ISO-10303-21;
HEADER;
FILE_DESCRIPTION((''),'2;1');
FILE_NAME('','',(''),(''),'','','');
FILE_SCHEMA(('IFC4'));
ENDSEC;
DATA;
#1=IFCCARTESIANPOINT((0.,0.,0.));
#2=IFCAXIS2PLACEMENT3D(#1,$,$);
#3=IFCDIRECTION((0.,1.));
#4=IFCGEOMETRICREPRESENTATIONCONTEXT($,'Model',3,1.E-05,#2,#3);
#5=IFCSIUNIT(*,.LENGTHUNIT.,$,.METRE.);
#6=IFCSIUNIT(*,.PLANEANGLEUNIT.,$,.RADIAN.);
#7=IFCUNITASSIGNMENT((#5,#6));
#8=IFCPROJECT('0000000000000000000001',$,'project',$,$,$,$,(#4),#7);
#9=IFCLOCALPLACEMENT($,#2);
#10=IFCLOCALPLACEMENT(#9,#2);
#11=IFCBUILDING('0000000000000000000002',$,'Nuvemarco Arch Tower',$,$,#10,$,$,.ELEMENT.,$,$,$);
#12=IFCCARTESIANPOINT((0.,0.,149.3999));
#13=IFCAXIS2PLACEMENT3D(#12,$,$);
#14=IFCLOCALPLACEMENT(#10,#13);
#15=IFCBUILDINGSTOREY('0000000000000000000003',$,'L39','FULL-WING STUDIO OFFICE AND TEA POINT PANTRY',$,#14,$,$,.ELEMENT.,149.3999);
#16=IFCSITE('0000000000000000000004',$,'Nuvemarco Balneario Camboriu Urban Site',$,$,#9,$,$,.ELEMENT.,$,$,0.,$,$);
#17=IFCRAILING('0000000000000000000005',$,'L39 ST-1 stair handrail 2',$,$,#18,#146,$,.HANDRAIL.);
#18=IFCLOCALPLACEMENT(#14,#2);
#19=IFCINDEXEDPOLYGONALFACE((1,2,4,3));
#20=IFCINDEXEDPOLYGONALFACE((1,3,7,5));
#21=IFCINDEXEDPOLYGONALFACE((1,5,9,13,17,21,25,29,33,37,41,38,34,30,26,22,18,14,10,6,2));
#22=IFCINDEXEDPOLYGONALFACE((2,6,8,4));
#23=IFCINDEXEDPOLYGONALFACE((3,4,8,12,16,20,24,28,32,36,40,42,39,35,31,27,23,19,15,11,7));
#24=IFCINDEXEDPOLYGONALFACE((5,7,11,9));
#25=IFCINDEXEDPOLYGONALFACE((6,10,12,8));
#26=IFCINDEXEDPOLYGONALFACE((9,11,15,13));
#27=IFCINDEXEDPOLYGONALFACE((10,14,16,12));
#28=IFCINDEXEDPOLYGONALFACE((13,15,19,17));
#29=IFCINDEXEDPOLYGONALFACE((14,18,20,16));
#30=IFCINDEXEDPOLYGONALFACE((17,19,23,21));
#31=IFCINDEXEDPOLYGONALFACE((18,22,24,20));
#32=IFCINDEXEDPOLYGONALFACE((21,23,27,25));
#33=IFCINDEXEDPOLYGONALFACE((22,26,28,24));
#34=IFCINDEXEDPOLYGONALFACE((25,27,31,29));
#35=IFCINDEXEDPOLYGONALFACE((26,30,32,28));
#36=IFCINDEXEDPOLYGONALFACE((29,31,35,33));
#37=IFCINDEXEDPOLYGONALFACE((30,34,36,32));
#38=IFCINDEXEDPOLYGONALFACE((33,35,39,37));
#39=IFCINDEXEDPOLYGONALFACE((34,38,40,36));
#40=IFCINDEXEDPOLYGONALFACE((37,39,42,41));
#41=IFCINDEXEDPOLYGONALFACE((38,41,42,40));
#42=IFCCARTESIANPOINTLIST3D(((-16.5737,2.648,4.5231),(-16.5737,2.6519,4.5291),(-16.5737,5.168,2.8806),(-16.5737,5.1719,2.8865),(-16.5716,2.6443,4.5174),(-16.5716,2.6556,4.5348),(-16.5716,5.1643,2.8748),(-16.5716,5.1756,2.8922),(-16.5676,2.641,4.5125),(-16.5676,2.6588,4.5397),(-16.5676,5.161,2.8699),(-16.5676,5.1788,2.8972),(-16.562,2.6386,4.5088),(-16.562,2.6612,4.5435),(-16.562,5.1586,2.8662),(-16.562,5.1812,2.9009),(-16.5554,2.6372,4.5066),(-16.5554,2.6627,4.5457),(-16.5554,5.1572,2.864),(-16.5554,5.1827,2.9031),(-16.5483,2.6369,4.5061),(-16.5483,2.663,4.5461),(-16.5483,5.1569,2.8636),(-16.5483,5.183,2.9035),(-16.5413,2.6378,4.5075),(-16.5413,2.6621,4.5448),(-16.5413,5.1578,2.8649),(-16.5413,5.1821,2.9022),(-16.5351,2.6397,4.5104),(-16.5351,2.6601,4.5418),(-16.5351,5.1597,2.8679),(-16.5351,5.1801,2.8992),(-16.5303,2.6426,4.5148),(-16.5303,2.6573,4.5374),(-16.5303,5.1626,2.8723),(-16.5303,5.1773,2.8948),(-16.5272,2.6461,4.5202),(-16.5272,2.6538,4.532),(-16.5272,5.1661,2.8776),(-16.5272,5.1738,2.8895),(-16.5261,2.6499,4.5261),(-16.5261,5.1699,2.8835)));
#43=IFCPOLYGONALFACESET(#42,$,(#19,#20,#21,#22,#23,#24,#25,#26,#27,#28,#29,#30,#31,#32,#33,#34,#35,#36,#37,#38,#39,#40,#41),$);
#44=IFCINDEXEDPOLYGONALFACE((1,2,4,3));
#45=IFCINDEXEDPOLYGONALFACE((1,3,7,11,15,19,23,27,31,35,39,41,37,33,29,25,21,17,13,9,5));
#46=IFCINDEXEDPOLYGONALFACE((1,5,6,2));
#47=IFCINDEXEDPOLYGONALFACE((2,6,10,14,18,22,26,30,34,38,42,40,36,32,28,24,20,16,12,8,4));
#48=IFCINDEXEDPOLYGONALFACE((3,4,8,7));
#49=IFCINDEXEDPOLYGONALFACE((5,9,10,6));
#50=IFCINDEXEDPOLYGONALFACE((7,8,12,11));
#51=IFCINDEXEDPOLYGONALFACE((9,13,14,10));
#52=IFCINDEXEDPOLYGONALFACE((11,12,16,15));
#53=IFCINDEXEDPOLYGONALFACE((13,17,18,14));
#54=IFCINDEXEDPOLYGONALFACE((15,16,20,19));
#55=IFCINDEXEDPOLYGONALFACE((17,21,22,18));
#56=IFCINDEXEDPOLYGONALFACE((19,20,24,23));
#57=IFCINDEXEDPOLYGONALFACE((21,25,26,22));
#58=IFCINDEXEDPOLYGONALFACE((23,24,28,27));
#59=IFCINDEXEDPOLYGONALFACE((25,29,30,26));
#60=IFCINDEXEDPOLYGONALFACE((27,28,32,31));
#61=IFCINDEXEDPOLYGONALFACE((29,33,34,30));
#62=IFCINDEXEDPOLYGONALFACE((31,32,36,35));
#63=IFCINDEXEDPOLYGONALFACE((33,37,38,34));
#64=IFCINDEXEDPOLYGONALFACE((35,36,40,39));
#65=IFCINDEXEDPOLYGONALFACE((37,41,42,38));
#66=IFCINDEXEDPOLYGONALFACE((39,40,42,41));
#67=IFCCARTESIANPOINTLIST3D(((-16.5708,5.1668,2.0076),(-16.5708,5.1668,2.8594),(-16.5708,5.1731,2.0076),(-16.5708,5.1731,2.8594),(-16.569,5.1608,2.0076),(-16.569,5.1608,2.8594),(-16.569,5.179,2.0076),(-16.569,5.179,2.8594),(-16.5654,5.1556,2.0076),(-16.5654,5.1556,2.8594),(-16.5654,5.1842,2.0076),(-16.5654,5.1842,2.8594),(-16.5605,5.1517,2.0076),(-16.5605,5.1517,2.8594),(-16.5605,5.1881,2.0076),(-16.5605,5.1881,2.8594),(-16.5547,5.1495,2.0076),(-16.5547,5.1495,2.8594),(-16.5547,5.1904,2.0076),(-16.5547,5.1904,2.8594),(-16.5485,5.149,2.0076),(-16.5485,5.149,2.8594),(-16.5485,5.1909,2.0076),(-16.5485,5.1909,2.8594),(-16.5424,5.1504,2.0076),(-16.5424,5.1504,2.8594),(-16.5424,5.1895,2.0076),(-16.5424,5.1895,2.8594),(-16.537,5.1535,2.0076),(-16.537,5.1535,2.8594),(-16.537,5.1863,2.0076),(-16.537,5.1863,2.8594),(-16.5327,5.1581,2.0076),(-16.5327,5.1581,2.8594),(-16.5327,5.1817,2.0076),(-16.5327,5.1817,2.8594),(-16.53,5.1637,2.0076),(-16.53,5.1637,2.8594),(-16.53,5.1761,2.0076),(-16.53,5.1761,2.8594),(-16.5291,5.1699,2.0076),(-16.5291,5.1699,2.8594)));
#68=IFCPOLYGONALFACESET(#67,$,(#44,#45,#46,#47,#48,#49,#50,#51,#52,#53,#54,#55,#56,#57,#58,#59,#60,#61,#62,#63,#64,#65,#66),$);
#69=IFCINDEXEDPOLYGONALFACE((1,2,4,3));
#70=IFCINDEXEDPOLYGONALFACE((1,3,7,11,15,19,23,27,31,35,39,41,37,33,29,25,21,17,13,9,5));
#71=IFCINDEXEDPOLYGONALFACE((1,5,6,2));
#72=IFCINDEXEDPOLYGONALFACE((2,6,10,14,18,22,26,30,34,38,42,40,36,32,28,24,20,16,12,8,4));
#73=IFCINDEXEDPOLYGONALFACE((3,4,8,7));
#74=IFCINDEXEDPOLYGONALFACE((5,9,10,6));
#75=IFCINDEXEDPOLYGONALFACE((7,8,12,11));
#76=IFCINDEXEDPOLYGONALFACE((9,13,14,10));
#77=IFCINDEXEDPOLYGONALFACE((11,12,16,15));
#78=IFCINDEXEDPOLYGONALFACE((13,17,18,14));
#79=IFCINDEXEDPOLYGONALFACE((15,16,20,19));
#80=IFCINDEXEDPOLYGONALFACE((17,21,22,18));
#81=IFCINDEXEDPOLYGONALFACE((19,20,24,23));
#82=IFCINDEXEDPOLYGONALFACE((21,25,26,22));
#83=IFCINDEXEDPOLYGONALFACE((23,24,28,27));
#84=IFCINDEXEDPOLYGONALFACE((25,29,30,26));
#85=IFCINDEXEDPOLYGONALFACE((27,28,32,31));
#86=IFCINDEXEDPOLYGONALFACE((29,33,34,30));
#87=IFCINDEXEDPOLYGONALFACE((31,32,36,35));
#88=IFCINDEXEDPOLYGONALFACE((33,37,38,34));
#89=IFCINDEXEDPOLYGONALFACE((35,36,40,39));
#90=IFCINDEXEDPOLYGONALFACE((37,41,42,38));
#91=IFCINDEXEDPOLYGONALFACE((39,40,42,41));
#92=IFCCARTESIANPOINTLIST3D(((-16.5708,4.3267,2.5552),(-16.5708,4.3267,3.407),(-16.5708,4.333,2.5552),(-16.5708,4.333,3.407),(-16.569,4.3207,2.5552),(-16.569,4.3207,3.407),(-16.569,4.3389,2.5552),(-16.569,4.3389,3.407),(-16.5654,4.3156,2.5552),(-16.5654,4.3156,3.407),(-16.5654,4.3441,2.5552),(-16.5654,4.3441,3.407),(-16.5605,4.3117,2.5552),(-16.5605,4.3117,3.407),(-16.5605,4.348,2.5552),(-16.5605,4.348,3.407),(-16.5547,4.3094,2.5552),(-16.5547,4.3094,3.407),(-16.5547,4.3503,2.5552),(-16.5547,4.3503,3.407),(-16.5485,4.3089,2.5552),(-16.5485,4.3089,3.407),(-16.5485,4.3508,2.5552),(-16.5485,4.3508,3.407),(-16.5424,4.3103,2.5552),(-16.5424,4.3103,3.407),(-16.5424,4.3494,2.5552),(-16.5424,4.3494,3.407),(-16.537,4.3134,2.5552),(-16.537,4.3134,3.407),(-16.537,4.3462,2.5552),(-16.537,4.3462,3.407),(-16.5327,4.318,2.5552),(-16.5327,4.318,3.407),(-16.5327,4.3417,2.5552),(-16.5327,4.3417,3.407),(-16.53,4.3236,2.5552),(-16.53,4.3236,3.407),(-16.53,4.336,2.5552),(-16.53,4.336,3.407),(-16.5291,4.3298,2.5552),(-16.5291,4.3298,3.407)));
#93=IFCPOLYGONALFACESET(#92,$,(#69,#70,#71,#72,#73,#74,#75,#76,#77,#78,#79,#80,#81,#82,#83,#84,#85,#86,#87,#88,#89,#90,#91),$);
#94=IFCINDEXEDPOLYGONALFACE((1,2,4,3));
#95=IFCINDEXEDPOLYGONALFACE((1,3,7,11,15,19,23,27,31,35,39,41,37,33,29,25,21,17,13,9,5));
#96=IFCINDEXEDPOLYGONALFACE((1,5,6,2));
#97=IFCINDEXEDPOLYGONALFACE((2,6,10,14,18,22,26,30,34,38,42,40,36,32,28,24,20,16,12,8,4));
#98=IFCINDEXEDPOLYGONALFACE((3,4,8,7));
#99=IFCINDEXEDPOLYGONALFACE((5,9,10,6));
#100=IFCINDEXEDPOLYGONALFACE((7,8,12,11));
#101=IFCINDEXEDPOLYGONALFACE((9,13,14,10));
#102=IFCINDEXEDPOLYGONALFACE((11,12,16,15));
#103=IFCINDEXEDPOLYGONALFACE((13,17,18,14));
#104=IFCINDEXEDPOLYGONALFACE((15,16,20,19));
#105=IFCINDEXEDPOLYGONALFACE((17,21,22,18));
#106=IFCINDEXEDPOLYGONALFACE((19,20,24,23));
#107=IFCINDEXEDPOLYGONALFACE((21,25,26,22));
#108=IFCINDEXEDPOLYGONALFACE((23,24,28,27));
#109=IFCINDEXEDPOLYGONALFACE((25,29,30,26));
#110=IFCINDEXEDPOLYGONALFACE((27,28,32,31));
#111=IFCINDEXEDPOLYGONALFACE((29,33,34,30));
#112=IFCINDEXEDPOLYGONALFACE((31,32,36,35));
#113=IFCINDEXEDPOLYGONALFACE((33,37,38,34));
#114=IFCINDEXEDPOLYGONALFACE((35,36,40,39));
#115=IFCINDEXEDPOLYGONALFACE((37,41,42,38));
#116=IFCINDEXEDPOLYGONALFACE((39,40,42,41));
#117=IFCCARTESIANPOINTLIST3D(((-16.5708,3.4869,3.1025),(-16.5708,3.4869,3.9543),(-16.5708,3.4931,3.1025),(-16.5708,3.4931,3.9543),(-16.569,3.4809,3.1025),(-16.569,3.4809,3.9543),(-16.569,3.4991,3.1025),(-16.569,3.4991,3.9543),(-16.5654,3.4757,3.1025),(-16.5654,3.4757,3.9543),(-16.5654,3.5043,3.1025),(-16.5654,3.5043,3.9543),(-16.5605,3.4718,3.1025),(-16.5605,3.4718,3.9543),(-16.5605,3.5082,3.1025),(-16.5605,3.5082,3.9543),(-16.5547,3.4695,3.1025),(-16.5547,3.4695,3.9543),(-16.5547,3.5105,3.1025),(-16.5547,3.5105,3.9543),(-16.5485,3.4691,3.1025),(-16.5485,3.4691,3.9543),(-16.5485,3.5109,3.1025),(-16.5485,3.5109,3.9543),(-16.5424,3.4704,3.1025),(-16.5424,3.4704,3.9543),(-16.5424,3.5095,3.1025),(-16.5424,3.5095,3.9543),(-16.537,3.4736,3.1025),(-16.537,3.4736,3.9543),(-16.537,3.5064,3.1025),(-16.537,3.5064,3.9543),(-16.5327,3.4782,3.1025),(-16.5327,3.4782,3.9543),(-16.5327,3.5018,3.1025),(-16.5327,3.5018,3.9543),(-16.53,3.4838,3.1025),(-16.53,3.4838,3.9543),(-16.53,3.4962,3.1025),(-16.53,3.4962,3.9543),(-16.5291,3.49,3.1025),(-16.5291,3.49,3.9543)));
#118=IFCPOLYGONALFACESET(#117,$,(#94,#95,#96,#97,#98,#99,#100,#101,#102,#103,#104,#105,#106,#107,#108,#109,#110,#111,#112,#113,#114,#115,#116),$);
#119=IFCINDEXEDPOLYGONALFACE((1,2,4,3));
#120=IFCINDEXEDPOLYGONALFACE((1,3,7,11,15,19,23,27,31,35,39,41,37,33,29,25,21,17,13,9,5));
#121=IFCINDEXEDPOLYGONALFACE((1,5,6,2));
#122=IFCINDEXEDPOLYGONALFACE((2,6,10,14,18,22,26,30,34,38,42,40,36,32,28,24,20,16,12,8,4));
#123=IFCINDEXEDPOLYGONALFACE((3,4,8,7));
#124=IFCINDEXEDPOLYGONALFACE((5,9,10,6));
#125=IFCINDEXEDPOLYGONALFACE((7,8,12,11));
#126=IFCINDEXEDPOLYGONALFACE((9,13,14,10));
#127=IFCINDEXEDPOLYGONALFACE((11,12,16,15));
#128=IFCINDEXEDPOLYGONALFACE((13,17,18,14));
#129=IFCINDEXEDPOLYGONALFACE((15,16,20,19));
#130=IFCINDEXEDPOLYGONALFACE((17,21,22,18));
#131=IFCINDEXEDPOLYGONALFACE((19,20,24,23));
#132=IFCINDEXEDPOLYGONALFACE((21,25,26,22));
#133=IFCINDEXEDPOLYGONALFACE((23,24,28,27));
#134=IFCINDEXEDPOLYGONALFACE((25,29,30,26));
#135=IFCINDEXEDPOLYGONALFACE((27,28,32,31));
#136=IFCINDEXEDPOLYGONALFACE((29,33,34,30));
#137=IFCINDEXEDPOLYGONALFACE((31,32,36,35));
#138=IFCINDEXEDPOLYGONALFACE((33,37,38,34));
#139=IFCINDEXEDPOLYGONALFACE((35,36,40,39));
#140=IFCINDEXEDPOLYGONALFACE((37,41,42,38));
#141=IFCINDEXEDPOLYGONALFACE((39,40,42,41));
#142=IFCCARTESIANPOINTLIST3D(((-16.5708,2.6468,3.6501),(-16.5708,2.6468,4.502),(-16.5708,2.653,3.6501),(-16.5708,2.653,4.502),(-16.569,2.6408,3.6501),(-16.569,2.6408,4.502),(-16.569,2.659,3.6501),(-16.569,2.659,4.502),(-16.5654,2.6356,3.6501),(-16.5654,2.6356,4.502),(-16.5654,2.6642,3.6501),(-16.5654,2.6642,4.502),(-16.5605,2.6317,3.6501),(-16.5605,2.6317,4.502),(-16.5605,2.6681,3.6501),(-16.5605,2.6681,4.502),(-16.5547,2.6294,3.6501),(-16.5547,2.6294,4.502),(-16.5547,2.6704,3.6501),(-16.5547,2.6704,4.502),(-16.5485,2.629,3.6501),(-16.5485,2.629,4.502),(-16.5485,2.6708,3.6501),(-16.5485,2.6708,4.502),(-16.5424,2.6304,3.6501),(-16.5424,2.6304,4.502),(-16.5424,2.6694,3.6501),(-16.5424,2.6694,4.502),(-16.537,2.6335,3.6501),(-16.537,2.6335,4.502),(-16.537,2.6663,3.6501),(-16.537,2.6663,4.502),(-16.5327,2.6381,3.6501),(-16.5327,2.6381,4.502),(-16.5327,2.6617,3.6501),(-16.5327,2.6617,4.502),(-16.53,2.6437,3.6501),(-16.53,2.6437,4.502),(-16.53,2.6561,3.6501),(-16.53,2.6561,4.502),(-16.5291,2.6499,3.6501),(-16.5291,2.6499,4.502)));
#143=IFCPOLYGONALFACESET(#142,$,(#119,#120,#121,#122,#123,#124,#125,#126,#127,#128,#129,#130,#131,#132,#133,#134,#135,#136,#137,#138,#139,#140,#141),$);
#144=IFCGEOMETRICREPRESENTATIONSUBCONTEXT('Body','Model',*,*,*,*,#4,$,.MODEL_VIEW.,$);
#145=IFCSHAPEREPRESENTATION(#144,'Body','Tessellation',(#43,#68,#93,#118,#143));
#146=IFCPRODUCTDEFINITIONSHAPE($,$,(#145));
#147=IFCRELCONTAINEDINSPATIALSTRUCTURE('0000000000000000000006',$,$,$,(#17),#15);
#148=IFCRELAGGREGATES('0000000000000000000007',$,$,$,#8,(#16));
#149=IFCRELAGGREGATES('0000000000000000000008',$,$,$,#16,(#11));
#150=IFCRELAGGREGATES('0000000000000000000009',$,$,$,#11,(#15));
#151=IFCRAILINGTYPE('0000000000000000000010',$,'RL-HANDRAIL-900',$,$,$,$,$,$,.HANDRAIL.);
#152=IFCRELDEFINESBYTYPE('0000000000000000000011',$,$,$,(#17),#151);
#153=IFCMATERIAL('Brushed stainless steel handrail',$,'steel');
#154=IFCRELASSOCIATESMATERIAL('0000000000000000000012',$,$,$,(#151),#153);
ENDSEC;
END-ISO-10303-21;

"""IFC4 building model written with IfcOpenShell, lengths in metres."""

from ifc_helpers import new_model, si_unit, direction, frame, origin, origin_2d, place, context, subcontext, project, spatial, circle, extrude, material, type_object, element, save


model = new_model("IFC4")

# Units and contexts
model_context = context("Model", 3, precision=1e-05, world=origin(), true_north=direction((0.0, 1.0)))
body_context = subcontext(model_context, "Body", "Model", "MODEL_VIEW")
ifc_project = project(units=[si_unit("LENGTHUNIT", "METRE"), si_unit("PLANEANGLEUNIT", "RADIAN")], contexts=[model_context])

# Site, building, storey
site_placement = place(None, origin())
site = spatial("IfcSite", under=ifc_project, at=site_placement, Name="Nuvemarco Balneario Camboriu Urban Site", CompositionType="ELEMENT", RefElevation=0.0)
building_placement = place(site_placement, origin())
building = spatial("IfcBuilding", under=site, at=building_placement, Name="Nuvemarco Arch Tower", CompositionType="ELEMENT")
storey_placement = place(building_placement, frame((0.0, 0.0, 149.3999)))
storey = spatial("IfcBuildingStorey", under=building, at=storey_placement, Name="L39", Description="FULL-WING STUDIO OFFICE AND TEA POINT PANTRY", CompositionType="ELEMENT", Elevation=149.3999)

# Railing
ifc_material_1 = material(Name="Brushed stainless steel handrail", Category="steel")
railing_type_1 = type_object("IfcRailingType", Name="RL-HANDRAIL-900", PredefinedType="HANDRAIL", material=ifc_material_1)
railing_1_placement = place(storey_placement, frame((-16.55, 5.1699, 2.0076)))
element("IfcRailing", 1, at=railing_1_placement, inside=storey, type_object=railing_type_1, Name="L39 ST-1 stair handrail 2", PredefinedType="HANDRAIL", context=body_context, shape_type="SweptSolid", body=[
    extrude(circle(Radius=0.0239, at=origin_2d()), frame((0.0, 0.0, 0.876), z_axis=(0.0, -0.837749, 0.546055), x_axis=(1.0, 0.0, 0.0)), (0.0, 0.0, 1.0), 3.0081),
    extrude(circle(Radius=0.021, at=origin_2d()), origin(), (0.0, 0.0, 1.0), 0.8518),
    extrude(circle(Radius=0.021, at=origin_2d()), frame((0.0, -0.8401, 0.5476)), (0.0, 0.0, 1.0), 0.8518),
    extrude(circle(Radius=0.021, at=origin_2d()), frame((0.0, -1.6799, 1.095)), (0.0, 0.0, 1.0), 0.8518),
    extrude(circle(Radius=0.021, at=origin_2d()), frame((0.0, -2.52, 1.6426)), (0.0, 0.0, 1.0), 0.8518),
])

save(model, "model.ifc")
